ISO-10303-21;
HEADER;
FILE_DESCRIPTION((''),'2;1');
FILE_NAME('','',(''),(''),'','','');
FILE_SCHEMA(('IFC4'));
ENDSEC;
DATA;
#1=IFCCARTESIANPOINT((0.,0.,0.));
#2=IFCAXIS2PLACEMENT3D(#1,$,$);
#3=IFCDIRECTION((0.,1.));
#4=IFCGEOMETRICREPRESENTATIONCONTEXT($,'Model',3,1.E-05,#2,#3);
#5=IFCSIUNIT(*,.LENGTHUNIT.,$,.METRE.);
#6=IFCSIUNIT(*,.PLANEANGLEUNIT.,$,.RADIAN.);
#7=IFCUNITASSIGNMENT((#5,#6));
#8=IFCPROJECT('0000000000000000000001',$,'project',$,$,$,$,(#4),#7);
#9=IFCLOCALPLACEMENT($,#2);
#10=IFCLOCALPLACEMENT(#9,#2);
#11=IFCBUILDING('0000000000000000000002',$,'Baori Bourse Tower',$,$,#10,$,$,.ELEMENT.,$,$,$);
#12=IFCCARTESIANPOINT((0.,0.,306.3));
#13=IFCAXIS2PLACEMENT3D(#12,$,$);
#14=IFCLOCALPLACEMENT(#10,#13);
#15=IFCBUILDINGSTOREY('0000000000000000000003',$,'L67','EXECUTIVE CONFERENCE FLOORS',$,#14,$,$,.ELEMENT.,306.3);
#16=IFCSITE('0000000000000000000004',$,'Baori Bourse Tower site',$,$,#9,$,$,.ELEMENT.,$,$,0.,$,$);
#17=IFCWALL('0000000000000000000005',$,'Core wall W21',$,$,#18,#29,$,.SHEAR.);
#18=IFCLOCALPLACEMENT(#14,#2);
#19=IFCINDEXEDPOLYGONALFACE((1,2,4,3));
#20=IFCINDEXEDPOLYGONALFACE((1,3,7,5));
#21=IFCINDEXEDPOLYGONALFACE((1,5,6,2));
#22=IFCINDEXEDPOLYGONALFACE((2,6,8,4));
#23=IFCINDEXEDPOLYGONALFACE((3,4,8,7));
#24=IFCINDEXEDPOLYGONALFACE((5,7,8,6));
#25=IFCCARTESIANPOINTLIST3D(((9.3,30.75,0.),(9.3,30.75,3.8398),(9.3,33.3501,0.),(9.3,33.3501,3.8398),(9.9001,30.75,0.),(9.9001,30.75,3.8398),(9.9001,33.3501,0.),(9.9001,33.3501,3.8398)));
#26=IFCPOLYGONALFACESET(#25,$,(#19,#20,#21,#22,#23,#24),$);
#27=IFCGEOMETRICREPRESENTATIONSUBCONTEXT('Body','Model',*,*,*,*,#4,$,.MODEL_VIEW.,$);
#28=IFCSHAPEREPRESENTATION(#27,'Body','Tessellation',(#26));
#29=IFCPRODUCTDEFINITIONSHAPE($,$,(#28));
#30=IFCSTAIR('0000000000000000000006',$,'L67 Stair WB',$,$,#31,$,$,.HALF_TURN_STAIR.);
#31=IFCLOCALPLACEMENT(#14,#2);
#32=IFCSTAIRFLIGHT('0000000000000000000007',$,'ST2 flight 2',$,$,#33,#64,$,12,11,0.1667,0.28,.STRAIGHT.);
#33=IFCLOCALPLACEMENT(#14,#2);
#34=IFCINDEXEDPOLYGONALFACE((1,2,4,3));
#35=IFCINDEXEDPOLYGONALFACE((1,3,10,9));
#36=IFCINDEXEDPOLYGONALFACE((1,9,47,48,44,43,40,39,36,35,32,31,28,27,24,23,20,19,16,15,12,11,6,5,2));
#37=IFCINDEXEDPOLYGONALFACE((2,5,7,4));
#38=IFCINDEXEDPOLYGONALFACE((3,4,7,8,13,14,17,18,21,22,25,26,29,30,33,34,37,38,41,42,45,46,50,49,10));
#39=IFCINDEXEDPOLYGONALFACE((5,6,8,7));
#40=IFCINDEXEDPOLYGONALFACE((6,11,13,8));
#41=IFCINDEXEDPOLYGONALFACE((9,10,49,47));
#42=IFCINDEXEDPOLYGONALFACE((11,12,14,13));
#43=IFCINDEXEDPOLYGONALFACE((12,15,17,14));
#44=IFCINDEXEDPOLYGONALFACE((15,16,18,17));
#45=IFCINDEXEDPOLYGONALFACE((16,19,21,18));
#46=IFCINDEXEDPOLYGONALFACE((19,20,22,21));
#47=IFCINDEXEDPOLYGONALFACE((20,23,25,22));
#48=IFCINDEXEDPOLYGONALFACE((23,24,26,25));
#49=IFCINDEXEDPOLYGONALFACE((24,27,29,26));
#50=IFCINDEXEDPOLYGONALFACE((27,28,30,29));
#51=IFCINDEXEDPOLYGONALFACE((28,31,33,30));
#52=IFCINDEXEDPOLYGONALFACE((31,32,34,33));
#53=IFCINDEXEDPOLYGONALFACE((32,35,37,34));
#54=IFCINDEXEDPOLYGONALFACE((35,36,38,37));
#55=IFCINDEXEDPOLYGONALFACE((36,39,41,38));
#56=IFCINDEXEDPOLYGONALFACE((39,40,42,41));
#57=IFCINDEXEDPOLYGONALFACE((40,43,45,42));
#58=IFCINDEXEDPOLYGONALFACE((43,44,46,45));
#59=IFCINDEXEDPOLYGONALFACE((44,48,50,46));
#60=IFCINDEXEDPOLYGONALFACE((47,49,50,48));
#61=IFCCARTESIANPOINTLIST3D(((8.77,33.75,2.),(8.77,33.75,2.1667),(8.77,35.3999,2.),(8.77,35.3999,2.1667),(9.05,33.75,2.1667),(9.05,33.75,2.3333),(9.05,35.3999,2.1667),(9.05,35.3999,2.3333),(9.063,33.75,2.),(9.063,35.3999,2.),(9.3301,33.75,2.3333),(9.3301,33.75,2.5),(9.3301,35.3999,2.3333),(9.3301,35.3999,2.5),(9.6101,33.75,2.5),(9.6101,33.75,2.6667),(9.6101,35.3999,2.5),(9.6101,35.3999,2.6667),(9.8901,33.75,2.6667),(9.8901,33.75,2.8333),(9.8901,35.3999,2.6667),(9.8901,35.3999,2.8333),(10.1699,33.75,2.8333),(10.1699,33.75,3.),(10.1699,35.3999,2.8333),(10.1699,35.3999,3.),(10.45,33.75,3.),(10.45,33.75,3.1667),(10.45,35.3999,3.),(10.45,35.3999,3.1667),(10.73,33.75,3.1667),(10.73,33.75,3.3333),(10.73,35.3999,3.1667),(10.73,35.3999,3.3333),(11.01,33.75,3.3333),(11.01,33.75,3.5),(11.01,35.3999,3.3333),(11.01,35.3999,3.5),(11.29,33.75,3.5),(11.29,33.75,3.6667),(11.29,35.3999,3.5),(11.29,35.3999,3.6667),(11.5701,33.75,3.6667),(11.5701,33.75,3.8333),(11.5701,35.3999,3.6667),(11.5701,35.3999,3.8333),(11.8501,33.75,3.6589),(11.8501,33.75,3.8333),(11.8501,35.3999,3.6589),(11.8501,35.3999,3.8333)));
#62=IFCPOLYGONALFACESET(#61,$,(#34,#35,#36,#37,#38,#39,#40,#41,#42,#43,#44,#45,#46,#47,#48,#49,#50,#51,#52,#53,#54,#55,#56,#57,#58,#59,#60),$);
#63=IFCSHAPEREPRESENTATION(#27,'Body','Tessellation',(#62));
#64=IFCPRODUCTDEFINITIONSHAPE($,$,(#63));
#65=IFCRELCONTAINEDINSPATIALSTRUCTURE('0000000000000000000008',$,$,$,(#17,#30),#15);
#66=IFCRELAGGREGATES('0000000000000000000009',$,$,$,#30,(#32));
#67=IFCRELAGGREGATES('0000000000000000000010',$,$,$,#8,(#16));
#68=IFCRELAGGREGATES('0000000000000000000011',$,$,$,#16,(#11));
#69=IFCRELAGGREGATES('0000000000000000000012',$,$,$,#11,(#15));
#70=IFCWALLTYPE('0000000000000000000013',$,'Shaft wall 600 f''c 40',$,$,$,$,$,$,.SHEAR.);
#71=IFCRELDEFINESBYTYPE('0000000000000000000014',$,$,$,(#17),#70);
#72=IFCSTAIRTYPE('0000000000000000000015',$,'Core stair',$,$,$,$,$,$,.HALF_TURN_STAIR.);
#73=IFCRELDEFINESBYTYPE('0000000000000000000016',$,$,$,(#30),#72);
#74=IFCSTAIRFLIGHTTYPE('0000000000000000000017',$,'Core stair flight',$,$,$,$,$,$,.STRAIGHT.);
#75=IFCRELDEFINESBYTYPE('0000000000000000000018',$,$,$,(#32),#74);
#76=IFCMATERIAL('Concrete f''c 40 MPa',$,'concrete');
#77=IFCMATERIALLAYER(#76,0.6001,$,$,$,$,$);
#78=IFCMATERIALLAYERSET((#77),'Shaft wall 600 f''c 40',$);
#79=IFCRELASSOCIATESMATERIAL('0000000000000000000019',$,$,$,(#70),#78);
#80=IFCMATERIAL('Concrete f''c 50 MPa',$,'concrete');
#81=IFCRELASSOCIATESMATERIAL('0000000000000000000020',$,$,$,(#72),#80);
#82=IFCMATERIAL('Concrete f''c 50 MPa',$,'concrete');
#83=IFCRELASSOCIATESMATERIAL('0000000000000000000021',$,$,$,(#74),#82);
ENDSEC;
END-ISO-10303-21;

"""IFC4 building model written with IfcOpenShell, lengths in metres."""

from ifc_helpers import new_model, si_unit, direction, frame, frame_2d, origin, place, context, subcontext, project, spatial, polyline, rectangle, outline, extrude, material, layer, layer_set, type_object, element, aggregate, save


model = new_model("IFC4")

# Units and contexts
model_context = context("Model", 3, precision=1e-05, world=origin(), true_north=direction((0.0, 1.0)))
body_context = subcontext(model_context, "Body", "Model", "MODEL_VIEW")
ifc_project = project(units=[si_unit("LENGTHUNIT", "METRE"), si_unit("PLANEANGLEUNIT", "RADIAN")], contexts=[model_context])

# Site, building, storey
site_placement = place(None, origin())
site = spatial("IfcSite", under=ifc_project, at=site_placement, Name="Baori Bourse Tower site", CompositionType="ELEMENT", RefElevation=0.0)
building_placement = place(site_placement, origin())
building = spatial("IfcBuilding", under=site, at=building_placement, Name="Baori Bourse Tower", CompositionType="ELEMENT")
storey_placement = place(building_placement, frame((0.0, 0.0, 306.3)))
storey = spatial("IfcBuildingStorey", under=building, at=storey_placement, Name="L67", Description="EXECUTIVE CONFERENCE FLOORS", CompositionType="ELEMENT", Elevation=306.3)

# Wall
ifc_material_1 = material(Name="Concrete f'c 40 MPa", Category="concrete")
ifc_layer_1 = layer(ifc_material_1, 0.6001)
ifc_layer_set_1 = layer_set([ifc_layer_1], Name="Shaft wall 600 f'c 40")
wall_type_1 = type_object("IfcWallType", Name="Shaft wall 600 f'c 40", PredefinedType="SHEAR", material=ifc_layer_set_1)
for number, where, z_axis, x_axis, name in (
    (1, (9.6001, 30.75, 0.0), (0.0, 0.0, 1.0), (0.0, 1.0, 0.0), "Core wall W21"),
):
    element("IfcWall", number, at=place(storey_placement, frame(where, z_axis=z_axis, x_axis=x_axis)), inside=storey, type_object=wall_type_1, Name=name, PredefinedType="SHEAR", context=body_context, shape_type="SweptSolid", body=[
        extrude(rectangle(XDim=2.6001, YDim=0.6001, at=frame_2d((1.3, 0.0))), origin(), (0.0, 0.0, 1.0), 3.8398),
    ])

# Stair, stair flight
ifc_material_2 = material(Name="Concrete f'c 50 MPa", Category="concrete")
stair_type = type_object("IfcStairType", Name="Core stair", PredefinedType="HALF_TURN_STAIR", material=ifc_material_2)
stair_placement = place(storey_placement, origin())
stair = element("IfcStair", 2, at=stair_placement, inside=storey, type_object=stair_type, Name="L67 Stair WB", PredefinedType="HALF_TURN_STAIR")
ifc_material_3 = material(Name="Concrete f'c 50 MPa", Category="concrete")
stair_flight_type = type_object("IfcStairFlightType", Name="Core stair flight", PredefinedType="STRAIGHT", material=ifc_material_3)
stair_flight_placement = place(storey_placement, frame((8.77, 34.575, 2.0), z_axis=(0.0, 0.0, 1.0), x_axis=(1.0, 0.0, 0.0)))
stair_flight = element("IfcStairFlight", 3, at=stair_flight_placement, type_object=stair_flight_type, Name="ST2 flight 2", NumberOfRisers=12, NumberOfTreads=11, PredefinedType="STRAIGHT", RiserHeight=0.1667, TreadLength=0.28, context=body_context, shape_type="SweptSolid", body=[
    extrude(outline(polyline([(0.0, 0.0), (0.0, 0.1667), (0.28, 0.1667), (0.28, 0.3333), (0.5601, 0.3333), (0.5601, 0.5), (0.8401, 0.5), (0.8401, 0.6667), (1.1201, 0.6667), (1.1201, 0.8333), (1.3999, 0.8333), (1.3999, 1.0), (1.6799, 1.0), (1.6799, 1.1667), (1.96, 1.1667), (1.96, 1.3333), (2.24, 1.3333), (2.24, 1.5), (2.52, 1.5), (2.52, 1.6667), (2.8, 1.6667), (2.8, 1.8333), (3.0801, 1.8333), (3.0801, 2.0), (3.0801, 1.6589), (0.293, 0.0), (0.0, 0.0)])), frame((0.0, 0.825, 0.0), z_axis=(0.0, -1.0, 0.0), x_axis=(1.0, 0.0, 0.0)), (0.0, 0.0, 1.0), 1.6499),
])
aggregate(stair, [stair_flight])

save(model, "model.ifc")
